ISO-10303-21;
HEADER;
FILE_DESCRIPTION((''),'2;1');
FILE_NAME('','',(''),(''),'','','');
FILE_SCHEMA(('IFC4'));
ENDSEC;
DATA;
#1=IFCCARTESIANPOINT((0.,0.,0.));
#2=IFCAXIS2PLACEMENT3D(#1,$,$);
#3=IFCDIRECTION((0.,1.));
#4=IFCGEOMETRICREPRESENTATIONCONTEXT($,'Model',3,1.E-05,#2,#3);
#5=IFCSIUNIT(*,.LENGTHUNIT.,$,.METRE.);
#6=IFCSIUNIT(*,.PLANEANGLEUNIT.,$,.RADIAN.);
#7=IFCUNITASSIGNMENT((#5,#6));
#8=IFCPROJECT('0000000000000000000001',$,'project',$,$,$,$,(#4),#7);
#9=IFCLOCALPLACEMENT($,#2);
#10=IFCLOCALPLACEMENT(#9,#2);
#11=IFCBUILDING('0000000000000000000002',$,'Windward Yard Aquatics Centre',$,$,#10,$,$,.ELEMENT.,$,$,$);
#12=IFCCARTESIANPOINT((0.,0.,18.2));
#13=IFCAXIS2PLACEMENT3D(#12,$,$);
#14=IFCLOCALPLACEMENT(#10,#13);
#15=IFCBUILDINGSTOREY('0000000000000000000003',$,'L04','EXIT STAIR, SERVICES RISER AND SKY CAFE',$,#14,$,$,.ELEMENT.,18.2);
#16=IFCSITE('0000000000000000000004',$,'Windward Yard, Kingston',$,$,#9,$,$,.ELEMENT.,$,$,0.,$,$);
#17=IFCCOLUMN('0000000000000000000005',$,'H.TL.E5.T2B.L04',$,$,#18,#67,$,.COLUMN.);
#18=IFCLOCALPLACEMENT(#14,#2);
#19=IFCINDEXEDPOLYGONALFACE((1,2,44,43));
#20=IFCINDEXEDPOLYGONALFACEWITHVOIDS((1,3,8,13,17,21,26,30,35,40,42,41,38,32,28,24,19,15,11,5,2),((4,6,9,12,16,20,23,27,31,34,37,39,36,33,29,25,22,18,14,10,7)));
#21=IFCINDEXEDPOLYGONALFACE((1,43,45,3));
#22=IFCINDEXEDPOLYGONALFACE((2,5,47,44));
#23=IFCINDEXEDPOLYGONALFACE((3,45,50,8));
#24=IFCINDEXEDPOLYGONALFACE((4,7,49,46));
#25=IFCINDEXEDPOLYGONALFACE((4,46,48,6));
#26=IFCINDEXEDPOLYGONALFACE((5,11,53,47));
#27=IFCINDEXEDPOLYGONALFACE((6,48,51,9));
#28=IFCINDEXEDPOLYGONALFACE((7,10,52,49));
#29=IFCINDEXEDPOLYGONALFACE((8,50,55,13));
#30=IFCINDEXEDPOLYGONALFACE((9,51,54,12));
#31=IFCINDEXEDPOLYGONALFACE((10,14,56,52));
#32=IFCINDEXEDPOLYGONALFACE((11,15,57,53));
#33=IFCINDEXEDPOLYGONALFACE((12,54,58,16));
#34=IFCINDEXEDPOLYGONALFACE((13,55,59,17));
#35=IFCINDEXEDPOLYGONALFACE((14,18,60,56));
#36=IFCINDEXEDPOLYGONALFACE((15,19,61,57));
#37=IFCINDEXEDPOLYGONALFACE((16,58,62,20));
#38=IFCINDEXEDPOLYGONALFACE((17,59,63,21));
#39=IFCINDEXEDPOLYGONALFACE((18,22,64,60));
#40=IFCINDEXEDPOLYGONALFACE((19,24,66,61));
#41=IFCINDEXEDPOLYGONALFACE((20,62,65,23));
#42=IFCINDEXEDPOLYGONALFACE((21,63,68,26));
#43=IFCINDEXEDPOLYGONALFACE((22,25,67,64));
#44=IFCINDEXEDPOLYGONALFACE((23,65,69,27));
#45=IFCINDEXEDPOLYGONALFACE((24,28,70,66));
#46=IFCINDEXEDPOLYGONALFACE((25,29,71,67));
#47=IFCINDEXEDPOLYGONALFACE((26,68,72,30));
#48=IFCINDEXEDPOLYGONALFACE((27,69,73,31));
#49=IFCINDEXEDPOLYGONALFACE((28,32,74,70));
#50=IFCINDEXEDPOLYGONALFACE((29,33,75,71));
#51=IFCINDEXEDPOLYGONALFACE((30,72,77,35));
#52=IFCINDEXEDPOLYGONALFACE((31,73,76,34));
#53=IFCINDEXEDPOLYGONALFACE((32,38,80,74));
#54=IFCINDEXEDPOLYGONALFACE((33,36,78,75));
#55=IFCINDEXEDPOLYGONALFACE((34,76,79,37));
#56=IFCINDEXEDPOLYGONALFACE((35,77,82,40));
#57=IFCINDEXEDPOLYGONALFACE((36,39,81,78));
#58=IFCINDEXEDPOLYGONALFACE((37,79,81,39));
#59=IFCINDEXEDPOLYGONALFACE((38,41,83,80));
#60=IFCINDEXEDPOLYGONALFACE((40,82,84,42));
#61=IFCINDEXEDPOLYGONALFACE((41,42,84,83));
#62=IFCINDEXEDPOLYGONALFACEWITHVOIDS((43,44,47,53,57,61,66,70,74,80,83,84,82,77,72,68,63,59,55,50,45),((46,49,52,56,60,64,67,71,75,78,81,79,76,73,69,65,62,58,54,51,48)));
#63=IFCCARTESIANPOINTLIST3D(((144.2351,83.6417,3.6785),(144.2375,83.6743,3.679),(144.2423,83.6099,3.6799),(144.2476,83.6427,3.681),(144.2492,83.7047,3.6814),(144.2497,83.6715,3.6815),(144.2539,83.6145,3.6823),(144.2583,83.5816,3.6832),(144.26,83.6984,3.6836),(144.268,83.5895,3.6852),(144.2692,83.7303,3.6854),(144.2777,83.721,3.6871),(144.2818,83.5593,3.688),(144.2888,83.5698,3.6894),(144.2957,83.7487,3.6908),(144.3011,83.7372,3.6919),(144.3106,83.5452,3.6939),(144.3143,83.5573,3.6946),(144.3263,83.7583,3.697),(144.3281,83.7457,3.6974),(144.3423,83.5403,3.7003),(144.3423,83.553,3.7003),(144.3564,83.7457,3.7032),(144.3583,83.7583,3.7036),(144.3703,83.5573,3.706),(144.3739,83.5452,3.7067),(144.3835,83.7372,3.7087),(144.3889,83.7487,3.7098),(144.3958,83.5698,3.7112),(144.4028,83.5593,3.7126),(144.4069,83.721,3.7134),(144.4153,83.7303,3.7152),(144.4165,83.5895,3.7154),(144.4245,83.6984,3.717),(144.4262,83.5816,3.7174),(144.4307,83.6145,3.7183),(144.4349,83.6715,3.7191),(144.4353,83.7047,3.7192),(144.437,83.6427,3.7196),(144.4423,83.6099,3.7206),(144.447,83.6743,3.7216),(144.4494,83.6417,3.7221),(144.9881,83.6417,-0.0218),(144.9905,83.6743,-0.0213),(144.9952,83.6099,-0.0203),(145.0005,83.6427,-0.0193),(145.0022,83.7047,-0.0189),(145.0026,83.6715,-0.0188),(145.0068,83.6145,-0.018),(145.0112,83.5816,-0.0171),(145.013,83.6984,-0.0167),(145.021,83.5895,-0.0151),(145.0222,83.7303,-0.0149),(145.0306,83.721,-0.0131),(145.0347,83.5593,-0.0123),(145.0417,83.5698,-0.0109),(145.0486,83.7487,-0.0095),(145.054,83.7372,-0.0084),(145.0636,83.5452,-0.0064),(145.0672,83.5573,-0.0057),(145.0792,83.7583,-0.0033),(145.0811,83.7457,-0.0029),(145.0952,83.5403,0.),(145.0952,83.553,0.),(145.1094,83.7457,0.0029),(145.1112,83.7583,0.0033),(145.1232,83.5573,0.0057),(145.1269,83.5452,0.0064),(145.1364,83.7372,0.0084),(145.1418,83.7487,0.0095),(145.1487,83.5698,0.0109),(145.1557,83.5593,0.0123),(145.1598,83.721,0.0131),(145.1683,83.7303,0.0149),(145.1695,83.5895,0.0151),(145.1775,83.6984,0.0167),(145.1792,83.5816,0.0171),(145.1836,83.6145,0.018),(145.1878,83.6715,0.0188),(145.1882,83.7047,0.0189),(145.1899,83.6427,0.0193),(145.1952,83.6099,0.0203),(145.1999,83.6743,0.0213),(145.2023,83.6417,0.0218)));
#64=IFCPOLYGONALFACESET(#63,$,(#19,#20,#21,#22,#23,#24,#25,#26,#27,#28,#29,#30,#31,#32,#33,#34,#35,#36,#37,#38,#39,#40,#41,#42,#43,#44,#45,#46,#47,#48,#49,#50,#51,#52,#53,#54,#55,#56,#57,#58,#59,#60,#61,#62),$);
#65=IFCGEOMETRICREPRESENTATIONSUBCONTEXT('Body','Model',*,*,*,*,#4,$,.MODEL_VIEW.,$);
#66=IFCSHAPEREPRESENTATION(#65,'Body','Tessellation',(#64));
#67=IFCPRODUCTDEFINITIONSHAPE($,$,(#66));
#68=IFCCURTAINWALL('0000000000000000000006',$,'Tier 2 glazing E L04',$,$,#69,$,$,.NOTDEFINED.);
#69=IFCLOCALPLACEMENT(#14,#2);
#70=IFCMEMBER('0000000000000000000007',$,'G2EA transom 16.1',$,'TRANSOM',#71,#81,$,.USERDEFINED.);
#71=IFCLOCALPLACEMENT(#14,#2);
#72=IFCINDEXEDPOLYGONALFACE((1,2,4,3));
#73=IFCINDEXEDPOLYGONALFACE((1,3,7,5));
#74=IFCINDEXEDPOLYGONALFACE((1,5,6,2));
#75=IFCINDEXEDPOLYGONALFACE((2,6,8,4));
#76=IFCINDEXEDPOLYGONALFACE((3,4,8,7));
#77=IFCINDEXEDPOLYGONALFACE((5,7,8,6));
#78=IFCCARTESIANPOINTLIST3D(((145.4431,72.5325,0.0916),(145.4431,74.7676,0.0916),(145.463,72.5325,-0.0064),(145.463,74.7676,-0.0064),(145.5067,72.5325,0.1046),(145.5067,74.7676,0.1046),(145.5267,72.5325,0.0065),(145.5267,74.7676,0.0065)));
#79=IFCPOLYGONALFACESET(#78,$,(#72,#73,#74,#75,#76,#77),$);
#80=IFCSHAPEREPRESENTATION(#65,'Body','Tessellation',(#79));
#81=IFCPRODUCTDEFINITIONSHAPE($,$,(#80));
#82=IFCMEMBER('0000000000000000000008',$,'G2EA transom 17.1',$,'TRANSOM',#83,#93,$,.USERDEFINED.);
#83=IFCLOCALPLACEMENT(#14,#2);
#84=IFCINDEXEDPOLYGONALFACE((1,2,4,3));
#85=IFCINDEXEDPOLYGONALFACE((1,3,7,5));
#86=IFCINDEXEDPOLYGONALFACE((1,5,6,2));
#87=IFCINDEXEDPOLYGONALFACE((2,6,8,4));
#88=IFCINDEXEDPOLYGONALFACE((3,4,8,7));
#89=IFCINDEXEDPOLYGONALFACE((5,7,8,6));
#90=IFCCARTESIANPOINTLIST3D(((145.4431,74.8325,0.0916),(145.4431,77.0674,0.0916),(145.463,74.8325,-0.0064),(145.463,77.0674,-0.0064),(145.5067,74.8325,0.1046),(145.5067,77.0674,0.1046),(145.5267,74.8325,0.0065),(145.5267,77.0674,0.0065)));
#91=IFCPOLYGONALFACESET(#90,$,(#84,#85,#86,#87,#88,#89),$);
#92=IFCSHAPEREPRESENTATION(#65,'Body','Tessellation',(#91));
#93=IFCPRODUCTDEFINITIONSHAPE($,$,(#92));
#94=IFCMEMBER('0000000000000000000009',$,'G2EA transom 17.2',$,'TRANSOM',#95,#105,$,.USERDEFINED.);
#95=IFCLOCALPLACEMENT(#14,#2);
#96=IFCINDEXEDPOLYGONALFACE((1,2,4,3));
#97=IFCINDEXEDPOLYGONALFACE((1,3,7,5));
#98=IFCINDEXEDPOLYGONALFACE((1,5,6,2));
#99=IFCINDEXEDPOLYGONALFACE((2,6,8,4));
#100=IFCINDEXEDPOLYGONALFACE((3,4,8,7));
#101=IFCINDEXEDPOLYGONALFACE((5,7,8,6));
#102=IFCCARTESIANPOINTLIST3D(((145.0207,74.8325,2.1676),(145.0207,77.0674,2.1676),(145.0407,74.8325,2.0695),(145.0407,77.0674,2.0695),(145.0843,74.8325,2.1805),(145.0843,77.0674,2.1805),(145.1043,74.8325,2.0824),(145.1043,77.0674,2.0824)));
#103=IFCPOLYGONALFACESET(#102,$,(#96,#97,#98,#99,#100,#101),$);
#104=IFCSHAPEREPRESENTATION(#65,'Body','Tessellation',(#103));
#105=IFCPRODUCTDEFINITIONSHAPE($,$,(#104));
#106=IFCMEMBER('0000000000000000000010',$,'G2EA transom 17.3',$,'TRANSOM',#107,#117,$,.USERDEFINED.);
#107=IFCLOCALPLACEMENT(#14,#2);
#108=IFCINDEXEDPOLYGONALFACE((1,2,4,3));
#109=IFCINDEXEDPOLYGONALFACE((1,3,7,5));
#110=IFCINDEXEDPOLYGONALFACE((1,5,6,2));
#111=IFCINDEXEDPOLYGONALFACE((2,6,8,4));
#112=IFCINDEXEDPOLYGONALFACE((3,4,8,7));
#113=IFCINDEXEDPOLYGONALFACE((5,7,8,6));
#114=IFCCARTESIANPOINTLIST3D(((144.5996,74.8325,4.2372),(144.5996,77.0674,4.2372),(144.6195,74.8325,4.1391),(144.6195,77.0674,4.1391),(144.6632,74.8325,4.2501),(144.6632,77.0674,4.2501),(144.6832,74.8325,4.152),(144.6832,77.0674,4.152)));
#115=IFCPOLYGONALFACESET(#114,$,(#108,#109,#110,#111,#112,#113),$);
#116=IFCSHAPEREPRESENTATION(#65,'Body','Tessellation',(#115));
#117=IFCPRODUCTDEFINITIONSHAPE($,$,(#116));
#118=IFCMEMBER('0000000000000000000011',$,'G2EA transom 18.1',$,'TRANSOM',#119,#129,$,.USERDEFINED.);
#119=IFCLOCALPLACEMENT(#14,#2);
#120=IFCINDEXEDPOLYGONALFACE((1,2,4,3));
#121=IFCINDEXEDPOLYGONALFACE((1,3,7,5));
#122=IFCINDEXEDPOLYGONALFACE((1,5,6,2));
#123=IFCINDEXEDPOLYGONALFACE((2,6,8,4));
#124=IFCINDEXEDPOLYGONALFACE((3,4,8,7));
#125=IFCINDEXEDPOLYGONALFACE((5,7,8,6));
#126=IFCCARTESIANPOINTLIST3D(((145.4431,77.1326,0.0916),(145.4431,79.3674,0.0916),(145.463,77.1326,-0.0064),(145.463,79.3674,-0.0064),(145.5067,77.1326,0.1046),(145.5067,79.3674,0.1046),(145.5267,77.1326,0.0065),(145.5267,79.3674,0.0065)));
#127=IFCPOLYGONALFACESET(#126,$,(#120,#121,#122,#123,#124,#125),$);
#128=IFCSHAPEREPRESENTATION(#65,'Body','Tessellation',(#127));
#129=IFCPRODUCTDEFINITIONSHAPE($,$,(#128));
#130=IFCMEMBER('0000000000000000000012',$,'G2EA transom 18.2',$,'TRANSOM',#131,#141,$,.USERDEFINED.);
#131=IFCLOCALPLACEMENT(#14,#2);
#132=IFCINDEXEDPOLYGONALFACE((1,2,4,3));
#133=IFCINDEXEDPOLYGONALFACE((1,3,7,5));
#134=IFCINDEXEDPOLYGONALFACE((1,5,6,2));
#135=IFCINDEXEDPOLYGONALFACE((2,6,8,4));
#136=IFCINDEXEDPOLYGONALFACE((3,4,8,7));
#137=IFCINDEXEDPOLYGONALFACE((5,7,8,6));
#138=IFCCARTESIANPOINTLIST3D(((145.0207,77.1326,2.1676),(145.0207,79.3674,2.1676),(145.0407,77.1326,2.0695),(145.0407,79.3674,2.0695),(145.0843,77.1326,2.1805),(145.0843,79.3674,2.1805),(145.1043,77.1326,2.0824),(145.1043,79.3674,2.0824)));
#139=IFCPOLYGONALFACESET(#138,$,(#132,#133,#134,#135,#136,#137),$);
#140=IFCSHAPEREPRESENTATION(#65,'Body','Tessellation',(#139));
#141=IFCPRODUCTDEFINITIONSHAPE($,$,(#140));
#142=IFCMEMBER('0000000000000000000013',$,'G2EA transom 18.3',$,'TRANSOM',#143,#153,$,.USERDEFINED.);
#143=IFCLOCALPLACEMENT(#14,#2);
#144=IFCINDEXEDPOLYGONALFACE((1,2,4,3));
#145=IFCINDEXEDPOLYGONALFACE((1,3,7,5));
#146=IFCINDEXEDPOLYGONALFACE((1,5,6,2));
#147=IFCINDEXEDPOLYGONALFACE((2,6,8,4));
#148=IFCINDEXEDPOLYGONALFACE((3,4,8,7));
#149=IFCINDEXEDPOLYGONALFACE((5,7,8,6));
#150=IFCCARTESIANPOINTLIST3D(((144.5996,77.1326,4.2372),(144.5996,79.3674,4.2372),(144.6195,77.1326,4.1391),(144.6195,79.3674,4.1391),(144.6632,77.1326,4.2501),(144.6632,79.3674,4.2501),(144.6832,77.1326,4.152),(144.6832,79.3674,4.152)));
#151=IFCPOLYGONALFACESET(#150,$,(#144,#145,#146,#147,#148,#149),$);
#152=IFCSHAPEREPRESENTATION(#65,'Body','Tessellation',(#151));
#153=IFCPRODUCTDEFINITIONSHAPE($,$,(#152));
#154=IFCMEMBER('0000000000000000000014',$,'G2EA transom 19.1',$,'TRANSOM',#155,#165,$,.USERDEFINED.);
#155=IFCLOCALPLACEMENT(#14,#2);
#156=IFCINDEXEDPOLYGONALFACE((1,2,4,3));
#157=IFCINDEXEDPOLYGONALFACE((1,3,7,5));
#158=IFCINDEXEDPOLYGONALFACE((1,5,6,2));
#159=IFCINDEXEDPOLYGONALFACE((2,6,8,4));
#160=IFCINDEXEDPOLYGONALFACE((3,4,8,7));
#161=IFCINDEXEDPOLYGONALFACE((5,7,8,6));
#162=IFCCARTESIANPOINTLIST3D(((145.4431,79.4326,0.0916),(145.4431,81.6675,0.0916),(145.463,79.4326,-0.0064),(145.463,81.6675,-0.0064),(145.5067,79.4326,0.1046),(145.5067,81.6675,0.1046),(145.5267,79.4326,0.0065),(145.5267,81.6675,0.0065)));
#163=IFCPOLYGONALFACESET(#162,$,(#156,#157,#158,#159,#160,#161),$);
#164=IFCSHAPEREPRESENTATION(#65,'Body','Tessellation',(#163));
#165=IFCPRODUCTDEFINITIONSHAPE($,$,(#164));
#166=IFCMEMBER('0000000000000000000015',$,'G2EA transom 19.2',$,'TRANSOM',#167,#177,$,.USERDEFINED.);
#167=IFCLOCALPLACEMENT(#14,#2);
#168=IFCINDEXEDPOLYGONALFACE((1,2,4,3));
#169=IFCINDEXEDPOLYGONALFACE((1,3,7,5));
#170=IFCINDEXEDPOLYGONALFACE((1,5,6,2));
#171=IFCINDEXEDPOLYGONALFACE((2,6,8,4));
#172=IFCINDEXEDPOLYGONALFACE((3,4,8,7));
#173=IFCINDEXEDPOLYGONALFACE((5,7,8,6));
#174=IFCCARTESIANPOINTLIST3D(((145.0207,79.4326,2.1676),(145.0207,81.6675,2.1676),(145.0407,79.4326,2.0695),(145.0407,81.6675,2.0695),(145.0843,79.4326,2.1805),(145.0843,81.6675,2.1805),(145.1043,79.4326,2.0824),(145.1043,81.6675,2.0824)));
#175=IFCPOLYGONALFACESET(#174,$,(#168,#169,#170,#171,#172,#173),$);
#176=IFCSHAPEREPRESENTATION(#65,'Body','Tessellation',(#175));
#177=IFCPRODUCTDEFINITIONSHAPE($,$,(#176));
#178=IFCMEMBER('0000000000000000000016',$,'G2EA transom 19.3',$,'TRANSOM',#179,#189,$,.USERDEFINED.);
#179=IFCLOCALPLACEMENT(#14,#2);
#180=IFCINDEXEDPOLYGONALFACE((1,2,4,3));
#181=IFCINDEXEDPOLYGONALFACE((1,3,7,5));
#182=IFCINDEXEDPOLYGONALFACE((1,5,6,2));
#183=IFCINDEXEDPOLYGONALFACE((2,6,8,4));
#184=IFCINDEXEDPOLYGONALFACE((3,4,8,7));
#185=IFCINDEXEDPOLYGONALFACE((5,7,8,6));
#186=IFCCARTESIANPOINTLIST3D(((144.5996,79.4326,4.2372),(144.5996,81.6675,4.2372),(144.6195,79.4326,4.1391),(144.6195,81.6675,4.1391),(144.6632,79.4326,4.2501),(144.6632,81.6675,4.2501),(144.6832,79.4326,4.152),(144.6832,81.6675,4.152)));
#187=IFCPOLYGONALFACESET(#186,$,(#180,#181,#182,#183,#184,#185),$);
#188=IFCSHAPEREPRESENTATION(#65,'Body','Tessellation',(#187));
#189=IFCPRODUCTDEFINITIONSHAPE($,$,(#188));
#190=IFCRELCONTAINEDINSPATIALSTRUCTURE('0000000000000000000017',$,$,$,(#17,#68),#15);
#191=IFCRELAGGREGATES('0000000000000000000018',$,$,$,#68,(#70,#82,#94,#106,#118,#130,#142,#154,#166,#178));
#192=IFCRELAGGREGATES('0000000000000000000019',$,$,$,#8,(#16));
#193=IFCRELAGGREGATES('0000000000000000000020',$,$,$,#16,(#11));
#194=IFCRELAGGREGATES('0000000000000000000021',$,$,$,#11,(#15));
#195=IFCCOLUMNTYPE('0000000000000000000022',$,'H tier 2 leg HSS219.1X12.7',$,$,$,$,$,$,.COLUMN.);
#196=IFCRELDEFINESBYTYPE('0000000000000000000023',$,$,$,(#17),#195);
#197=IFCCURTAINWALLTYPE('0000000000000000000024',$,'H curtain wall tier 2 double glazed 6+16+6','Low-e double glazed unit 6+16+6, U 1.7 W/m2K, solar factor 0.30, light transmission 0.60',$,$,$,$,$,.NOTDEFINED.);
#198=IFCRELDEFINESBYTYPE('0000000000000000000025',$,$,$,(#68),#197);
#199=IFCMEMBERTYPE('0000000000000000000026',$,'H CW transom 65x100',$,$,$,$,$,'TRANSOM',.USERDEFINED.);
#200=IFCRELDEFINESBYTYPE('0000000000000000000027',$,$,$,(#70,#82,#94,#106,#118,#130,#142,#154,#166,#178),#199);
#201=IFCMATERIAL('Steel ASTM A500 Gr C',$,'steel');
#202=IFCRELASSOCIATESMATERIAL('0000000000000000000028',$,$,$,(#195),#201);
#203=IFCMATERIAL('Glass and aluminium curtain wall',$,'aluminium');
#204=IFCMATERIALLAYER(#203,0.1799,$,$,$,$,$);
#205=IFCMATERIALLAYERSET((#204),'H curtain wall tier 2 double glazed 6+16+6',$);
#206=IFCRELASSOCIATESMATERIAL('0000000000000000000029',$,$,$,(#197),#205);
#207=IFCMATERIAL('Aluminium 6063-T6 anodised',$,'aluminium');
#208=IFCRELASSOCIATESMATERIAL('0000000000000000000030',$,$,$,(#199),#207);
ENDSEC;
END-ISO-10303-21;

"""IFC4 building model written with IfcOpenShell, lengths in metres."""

from ifc_helpers import new_model, si_unit, direction, frame, origin, origin_2d, place, context, subcontext, project, spatial, rectangle, hollow_circle, extrude, material, layer, layer_set, material_profile, profile_set, type_object, element, aggregate, save


model = new_model("IFC4")

# Units and contexts
model_context = context("Model", 3, precision=1e-05, world=origin(), true_north=direction((0.0, 1.0)))
body_context = subcontext(model_context, "Body", "Model", "MODEL_VIEW")
ifc_project = project(units=[si_unit("LENGTHUNIT", "METRE"), si_unit("PLANEANGLEUNIT", "RADIAN")], contexts=[model_context])

# Site, building, storey
site_placement = place(None, origin())
site = spatial("IfcSite", under=ifc_project, at=site_placement, Name="Windward Yard, Kingston", CompositionType="ELEMENT", RefElevation=0.0)
building_placement = place(site_placement, origin())
building = spatial("IfcBuilding", under=site, at=building_placement, Name="Windward Yard Aquatics Centre", CompositionType="ELEMENT")
storey_placement = place(building_placement, frame((0.0, 0.0, 18.2)))
storey = spatial("IfcBuildingStorey", under=building, at=storey_placement, Name="L04", Description="EXIT STAIR, SERVICES RISER AND SKY CAFE", CompositionType="ELEMENT", Elevation=18.2)

# Column
ifc_material_1 = material(Name="Steel ASTM A500 Gr C", Category="steel")
ifc_material_profile_1 = material_profile(ifc_material_1, hollow_circle(Radius=0.1096, WallThickness=0.0127, at=origin_2d()), Name="HSS219.1X12.7")
ifc_profile_set_1 = profile_set([ifc_material_profile_1], Name="Steel ASTM A500 Gr C")
column_type = type_object("IfcColumnType", Name="H tier 2 leg HSS219.1X12.7", PredefinedType="COLUMN", material=ifc_profile_set_1)
column_placement = place(storey_placement, frame((145.0952, 83.6499, 0.0), z_axis=(-0.199398, 0.0, 0.979919), x_axis=(0.0, -1.0, 0.0)))
element("IfcColumn", 1, at=column_placement, inside=storey, type_object=column_type, Name="H.TL.E5.T2B.L04", PredefinedType="COLUMN", context=body_context, shape_type="SweptSolid", body=[
    extrude(hollow_circle(Radius=0.1096, WallThickness=0.0127, at=origin_2d()), origin(), (0.0, 0.0, 1.0), 3.7761),
])

# Curtain wall, members
ifc_material_2 = material(Name="Glass and aluminium curtain wall", Category="aluminium")
ifc_layer_1 = layer(ifc_material_2, 0.1799)
ifc_layer_set_1 = layer_set([ifc_layer_1], Name="H curtain wall tier 2 double glazed 6+16+6")
curtain_wall_type = type_object("IfcCurtainWallType", Name="H curtain wall tier 2 double glazed 6+16+6", Description="Low-e double glazed unit 6+16+6, U 1.7 W/m2K, solar factor 0.30, light transmission 0.60", PredefinedType="NOTDEFINED", material=ifc_layer_set_1)
curtain_wall_placement = place(storey_placement, origin())
curtain_wall = element("IfcCurtainWall", 2, at=curtain_wall_placement, inside=storey, type_object=curtain_wall_type, Name="Tier 2 glazing E L04", PredefinedType="NOTDEFINED")
ifc_material_3 = material(Name="Aluminium 6063-T6 anodised", Category="aluminium")
ifc_material_profile_2 = material_profile(ifc_material_3, rectangle(XDim=0.0649, YDim=0.1001, at=origin_2d()), Name="H CW transom 65x100")
ifc_profile_set_2 = profile_set([ifc_material_profile_2], Name="Aluminium 6063-T6 anodised")
member_type = type_object("IfcMemberType", Name="H CW transom 65x100", ElementType="TRANSOM", PredefinedType="USERDEFINED", material=ifc_profile_set_2)
member_1_placement = place(storey_placement, frame((145.4849, 72.5325, 0.0491), z_axis=(0.0, 1.0, 0.0), x_axis=(0.979925, 0.0, 0.199368)))
member_1 = element("IfcMember", 3, at=member_1_placement, type_object=member_type, Name="G2EA transom 16.1", ObjectType="TRANSOM", PredefinedType="USERDEFINED", context=body_context, shape_type="SweptSolid", body=[
    extrude(rectangle(XDim=0.0649, YDim=0.1001, at=origin_2d()), origin(), (0.0, 0.0, 1.0), 2.2351),
])
member_2_placement = place(storey_placement, frame((145.4849, 74.8325, 0.0491), z_axis=(0.0, 1.0, 0.0), x_axis=(0.979925, 0.0, 0.199368)))
member_2 = element("IfcMember", 4, at=member_2_placement, type_object=member_type, Name="G2EA transom 17.1", ObjectType="TRANSOM", PredefinedType="USERDEFINED", context=body_context, shape_type="SweptSolid", body=[
    extrude(rectangle(XDim=0.0649, YDim=0.1001, at=origin_2d()), origin(), (0.0, 0.0, 1.0), 2.2349),
])
member_3_placement = place(storey_placement, frame((145.0625, 74.8325, 2.125), z_axis=(0.0, 1.0, 0.0), x_axis=(0.979925, 0.0, 0.199368)))
member_3 = element("IfcMember", 5, at=member_3_placement, type_object=member_type, Name="G2EA transom 17.2", ObjectType="TRANSOM", PredefinedType="USERDEFINED", context=body_context, shape_type="SweptSolid", body=[
    extrude(rectangle(XDim=0.0649, YDim=0.1001, at=origin_2d()), origin(), (0.0, 0.0, 1.0), 2.2349),
])
member_4_placement = place(storey_placement, frame((144.6414, 74.8325, 4.1946), z_axis=(0.0, 1.0, 0.0), x_axis=(0.979925, 0.0, 0.199368)))
member_4 = element("IfcMember", 6, at=member_4_placement, type_object=member_type, Name="G2EA transom 17.3", ObjectType="TRANSOM", PredefinedType="USERDEFINED", context=body_context, shape_type="SweptSolid", body=[
    extrude(rectangle(XDim=0.0649, YDim=0.1001, at=origin_2d()), origin(), (0.0, 0.0, 1.0), 2.2349),
])
member_5_placement = place(storey_placement, frame((145.4849, 77.1326, 0.0491), z_axis=(0.0, 1.0, 0.0), x_axis=(0.979925, 0.0, 0.199368)))
member_5 = element("IfcMember", 7, at=member_5_placement, type_object=member_type, Name="G2EA transom 18.1", ObjectType="TRANSOM", PredefinedType="USERDEFINED", context=body_context, shape_type="SweptSolid", body=[
    extrude(rectangle(XDim=0.0649, YDim=0.1001, at=origin_2d()), origin(), (0.0, 0.0, 1.0), 2.2349),
])
member_6_placement = place(storey_placement, frame((145.0625, 77.1326, 2.125), z_axis=(0.0, 1.0, 0.0), x_axis=(0.979925, 0.0, 0.199368)))
member_6 = element("IfcMember", 8, at=member_6_placement, type_object=member_type, Name="G2EA transom 18.2", ObjectType="TRANSOM", PredefinedType="USERDEFINED", context=body_context, shape_type="SweptSolid", body=[
    extrude(rectangle(XDim=0.0649, YDim=0.1001, at=origin_2d()), origin(), (0.0, 0.0, 1.0), 2.2349),
])
member_7_placement = place(storey_placement, frame((144.6414, 77.1326, 4.1946), z_axis=(0.0, 1.0, 0.0), x_axis=(0.979925, 0.0, 0.199368)))
member_7 = element("IfcMember", 9, at=member_7_placement, type_object=member_type, Name="G2EA transom 18.3", ObjectType="TRANSOM", PredefinedType="USERDEFINED", context=body_context, shape_type="SweptSolid", body=[
    extrude(rectangle(XDim=0.0649, YDim=0.1001, at=origin_2d()), origin(), (0.0, 0.0, 1.0), 2.2349),
])
member_8_placement = place(storey_placement, frame((145.4849, 79.4326, 0.0491), z_axis=(0.0, 1.0, 0.0), x_axis=(0.979925, 0.0, 0.199368)))
member_8 = element("IfcMember", 10, at=member_8_placement, type_object=member_type, Name="G2EA transom 19.1", ObjectType="TRANSOM", PredefinedType="USERDEFINED", context=body_context, shape_type="SweptSolid", body=[
    extrude(rectangle(XDim=0.0649, YDim=0.1001, at=origin_2d()), origin(), (0.0, 0.0, 1.0), 2.2349),
])
member_9_placement = place(storey_placement, frame((145.0625, 79.4326, 2.125), z_axis=(0.0, 1.0, 0.0), x_axis=(0.979925, 0.0, 0.199368)))
member_9 = element("IfcMember", 11, at=member_9_placement, type_object=member_type, Name="G2EA transom 19.2", ObjectType="TRANSOM", PredefinedType="USERDEFINED", context=body_context, shape_type="SweptSolid", body=[
    extrude(rectangle(XDim=0.0649, YDim=0.1001, at=origin_2d()), origin(), (0.0, 0.0, 1.0), 2.2349),
])
member_10_placement = place(storey_placement, frame((144.6414, 79.4326, 4.1946), z_axis=(0.0, 1.0, 0.0), x_axis=(0.979925, 0.0, 0.199368)))
member_10 = element("IfcMember", 12, at=member_10_placement, type_object=member_type, Name="G2EA transom 19.3", ObjectType="TRANSOM", PredefinedType="USERDEFINED", context=body_context, shape_type="SweptSolid", body=[
    extrude(rectangle(XDim=0.0649, YDim=0.1001, at=origin_2d()), origin(), (0.0, 0.0, 1.0), 2.2349),
])

aggregate(curtain_wall, [member_1, member_2, member_3, member_4, member_5, member_6, member_7, member_8, member_9, member_10])

save(model, "model.ifc")
